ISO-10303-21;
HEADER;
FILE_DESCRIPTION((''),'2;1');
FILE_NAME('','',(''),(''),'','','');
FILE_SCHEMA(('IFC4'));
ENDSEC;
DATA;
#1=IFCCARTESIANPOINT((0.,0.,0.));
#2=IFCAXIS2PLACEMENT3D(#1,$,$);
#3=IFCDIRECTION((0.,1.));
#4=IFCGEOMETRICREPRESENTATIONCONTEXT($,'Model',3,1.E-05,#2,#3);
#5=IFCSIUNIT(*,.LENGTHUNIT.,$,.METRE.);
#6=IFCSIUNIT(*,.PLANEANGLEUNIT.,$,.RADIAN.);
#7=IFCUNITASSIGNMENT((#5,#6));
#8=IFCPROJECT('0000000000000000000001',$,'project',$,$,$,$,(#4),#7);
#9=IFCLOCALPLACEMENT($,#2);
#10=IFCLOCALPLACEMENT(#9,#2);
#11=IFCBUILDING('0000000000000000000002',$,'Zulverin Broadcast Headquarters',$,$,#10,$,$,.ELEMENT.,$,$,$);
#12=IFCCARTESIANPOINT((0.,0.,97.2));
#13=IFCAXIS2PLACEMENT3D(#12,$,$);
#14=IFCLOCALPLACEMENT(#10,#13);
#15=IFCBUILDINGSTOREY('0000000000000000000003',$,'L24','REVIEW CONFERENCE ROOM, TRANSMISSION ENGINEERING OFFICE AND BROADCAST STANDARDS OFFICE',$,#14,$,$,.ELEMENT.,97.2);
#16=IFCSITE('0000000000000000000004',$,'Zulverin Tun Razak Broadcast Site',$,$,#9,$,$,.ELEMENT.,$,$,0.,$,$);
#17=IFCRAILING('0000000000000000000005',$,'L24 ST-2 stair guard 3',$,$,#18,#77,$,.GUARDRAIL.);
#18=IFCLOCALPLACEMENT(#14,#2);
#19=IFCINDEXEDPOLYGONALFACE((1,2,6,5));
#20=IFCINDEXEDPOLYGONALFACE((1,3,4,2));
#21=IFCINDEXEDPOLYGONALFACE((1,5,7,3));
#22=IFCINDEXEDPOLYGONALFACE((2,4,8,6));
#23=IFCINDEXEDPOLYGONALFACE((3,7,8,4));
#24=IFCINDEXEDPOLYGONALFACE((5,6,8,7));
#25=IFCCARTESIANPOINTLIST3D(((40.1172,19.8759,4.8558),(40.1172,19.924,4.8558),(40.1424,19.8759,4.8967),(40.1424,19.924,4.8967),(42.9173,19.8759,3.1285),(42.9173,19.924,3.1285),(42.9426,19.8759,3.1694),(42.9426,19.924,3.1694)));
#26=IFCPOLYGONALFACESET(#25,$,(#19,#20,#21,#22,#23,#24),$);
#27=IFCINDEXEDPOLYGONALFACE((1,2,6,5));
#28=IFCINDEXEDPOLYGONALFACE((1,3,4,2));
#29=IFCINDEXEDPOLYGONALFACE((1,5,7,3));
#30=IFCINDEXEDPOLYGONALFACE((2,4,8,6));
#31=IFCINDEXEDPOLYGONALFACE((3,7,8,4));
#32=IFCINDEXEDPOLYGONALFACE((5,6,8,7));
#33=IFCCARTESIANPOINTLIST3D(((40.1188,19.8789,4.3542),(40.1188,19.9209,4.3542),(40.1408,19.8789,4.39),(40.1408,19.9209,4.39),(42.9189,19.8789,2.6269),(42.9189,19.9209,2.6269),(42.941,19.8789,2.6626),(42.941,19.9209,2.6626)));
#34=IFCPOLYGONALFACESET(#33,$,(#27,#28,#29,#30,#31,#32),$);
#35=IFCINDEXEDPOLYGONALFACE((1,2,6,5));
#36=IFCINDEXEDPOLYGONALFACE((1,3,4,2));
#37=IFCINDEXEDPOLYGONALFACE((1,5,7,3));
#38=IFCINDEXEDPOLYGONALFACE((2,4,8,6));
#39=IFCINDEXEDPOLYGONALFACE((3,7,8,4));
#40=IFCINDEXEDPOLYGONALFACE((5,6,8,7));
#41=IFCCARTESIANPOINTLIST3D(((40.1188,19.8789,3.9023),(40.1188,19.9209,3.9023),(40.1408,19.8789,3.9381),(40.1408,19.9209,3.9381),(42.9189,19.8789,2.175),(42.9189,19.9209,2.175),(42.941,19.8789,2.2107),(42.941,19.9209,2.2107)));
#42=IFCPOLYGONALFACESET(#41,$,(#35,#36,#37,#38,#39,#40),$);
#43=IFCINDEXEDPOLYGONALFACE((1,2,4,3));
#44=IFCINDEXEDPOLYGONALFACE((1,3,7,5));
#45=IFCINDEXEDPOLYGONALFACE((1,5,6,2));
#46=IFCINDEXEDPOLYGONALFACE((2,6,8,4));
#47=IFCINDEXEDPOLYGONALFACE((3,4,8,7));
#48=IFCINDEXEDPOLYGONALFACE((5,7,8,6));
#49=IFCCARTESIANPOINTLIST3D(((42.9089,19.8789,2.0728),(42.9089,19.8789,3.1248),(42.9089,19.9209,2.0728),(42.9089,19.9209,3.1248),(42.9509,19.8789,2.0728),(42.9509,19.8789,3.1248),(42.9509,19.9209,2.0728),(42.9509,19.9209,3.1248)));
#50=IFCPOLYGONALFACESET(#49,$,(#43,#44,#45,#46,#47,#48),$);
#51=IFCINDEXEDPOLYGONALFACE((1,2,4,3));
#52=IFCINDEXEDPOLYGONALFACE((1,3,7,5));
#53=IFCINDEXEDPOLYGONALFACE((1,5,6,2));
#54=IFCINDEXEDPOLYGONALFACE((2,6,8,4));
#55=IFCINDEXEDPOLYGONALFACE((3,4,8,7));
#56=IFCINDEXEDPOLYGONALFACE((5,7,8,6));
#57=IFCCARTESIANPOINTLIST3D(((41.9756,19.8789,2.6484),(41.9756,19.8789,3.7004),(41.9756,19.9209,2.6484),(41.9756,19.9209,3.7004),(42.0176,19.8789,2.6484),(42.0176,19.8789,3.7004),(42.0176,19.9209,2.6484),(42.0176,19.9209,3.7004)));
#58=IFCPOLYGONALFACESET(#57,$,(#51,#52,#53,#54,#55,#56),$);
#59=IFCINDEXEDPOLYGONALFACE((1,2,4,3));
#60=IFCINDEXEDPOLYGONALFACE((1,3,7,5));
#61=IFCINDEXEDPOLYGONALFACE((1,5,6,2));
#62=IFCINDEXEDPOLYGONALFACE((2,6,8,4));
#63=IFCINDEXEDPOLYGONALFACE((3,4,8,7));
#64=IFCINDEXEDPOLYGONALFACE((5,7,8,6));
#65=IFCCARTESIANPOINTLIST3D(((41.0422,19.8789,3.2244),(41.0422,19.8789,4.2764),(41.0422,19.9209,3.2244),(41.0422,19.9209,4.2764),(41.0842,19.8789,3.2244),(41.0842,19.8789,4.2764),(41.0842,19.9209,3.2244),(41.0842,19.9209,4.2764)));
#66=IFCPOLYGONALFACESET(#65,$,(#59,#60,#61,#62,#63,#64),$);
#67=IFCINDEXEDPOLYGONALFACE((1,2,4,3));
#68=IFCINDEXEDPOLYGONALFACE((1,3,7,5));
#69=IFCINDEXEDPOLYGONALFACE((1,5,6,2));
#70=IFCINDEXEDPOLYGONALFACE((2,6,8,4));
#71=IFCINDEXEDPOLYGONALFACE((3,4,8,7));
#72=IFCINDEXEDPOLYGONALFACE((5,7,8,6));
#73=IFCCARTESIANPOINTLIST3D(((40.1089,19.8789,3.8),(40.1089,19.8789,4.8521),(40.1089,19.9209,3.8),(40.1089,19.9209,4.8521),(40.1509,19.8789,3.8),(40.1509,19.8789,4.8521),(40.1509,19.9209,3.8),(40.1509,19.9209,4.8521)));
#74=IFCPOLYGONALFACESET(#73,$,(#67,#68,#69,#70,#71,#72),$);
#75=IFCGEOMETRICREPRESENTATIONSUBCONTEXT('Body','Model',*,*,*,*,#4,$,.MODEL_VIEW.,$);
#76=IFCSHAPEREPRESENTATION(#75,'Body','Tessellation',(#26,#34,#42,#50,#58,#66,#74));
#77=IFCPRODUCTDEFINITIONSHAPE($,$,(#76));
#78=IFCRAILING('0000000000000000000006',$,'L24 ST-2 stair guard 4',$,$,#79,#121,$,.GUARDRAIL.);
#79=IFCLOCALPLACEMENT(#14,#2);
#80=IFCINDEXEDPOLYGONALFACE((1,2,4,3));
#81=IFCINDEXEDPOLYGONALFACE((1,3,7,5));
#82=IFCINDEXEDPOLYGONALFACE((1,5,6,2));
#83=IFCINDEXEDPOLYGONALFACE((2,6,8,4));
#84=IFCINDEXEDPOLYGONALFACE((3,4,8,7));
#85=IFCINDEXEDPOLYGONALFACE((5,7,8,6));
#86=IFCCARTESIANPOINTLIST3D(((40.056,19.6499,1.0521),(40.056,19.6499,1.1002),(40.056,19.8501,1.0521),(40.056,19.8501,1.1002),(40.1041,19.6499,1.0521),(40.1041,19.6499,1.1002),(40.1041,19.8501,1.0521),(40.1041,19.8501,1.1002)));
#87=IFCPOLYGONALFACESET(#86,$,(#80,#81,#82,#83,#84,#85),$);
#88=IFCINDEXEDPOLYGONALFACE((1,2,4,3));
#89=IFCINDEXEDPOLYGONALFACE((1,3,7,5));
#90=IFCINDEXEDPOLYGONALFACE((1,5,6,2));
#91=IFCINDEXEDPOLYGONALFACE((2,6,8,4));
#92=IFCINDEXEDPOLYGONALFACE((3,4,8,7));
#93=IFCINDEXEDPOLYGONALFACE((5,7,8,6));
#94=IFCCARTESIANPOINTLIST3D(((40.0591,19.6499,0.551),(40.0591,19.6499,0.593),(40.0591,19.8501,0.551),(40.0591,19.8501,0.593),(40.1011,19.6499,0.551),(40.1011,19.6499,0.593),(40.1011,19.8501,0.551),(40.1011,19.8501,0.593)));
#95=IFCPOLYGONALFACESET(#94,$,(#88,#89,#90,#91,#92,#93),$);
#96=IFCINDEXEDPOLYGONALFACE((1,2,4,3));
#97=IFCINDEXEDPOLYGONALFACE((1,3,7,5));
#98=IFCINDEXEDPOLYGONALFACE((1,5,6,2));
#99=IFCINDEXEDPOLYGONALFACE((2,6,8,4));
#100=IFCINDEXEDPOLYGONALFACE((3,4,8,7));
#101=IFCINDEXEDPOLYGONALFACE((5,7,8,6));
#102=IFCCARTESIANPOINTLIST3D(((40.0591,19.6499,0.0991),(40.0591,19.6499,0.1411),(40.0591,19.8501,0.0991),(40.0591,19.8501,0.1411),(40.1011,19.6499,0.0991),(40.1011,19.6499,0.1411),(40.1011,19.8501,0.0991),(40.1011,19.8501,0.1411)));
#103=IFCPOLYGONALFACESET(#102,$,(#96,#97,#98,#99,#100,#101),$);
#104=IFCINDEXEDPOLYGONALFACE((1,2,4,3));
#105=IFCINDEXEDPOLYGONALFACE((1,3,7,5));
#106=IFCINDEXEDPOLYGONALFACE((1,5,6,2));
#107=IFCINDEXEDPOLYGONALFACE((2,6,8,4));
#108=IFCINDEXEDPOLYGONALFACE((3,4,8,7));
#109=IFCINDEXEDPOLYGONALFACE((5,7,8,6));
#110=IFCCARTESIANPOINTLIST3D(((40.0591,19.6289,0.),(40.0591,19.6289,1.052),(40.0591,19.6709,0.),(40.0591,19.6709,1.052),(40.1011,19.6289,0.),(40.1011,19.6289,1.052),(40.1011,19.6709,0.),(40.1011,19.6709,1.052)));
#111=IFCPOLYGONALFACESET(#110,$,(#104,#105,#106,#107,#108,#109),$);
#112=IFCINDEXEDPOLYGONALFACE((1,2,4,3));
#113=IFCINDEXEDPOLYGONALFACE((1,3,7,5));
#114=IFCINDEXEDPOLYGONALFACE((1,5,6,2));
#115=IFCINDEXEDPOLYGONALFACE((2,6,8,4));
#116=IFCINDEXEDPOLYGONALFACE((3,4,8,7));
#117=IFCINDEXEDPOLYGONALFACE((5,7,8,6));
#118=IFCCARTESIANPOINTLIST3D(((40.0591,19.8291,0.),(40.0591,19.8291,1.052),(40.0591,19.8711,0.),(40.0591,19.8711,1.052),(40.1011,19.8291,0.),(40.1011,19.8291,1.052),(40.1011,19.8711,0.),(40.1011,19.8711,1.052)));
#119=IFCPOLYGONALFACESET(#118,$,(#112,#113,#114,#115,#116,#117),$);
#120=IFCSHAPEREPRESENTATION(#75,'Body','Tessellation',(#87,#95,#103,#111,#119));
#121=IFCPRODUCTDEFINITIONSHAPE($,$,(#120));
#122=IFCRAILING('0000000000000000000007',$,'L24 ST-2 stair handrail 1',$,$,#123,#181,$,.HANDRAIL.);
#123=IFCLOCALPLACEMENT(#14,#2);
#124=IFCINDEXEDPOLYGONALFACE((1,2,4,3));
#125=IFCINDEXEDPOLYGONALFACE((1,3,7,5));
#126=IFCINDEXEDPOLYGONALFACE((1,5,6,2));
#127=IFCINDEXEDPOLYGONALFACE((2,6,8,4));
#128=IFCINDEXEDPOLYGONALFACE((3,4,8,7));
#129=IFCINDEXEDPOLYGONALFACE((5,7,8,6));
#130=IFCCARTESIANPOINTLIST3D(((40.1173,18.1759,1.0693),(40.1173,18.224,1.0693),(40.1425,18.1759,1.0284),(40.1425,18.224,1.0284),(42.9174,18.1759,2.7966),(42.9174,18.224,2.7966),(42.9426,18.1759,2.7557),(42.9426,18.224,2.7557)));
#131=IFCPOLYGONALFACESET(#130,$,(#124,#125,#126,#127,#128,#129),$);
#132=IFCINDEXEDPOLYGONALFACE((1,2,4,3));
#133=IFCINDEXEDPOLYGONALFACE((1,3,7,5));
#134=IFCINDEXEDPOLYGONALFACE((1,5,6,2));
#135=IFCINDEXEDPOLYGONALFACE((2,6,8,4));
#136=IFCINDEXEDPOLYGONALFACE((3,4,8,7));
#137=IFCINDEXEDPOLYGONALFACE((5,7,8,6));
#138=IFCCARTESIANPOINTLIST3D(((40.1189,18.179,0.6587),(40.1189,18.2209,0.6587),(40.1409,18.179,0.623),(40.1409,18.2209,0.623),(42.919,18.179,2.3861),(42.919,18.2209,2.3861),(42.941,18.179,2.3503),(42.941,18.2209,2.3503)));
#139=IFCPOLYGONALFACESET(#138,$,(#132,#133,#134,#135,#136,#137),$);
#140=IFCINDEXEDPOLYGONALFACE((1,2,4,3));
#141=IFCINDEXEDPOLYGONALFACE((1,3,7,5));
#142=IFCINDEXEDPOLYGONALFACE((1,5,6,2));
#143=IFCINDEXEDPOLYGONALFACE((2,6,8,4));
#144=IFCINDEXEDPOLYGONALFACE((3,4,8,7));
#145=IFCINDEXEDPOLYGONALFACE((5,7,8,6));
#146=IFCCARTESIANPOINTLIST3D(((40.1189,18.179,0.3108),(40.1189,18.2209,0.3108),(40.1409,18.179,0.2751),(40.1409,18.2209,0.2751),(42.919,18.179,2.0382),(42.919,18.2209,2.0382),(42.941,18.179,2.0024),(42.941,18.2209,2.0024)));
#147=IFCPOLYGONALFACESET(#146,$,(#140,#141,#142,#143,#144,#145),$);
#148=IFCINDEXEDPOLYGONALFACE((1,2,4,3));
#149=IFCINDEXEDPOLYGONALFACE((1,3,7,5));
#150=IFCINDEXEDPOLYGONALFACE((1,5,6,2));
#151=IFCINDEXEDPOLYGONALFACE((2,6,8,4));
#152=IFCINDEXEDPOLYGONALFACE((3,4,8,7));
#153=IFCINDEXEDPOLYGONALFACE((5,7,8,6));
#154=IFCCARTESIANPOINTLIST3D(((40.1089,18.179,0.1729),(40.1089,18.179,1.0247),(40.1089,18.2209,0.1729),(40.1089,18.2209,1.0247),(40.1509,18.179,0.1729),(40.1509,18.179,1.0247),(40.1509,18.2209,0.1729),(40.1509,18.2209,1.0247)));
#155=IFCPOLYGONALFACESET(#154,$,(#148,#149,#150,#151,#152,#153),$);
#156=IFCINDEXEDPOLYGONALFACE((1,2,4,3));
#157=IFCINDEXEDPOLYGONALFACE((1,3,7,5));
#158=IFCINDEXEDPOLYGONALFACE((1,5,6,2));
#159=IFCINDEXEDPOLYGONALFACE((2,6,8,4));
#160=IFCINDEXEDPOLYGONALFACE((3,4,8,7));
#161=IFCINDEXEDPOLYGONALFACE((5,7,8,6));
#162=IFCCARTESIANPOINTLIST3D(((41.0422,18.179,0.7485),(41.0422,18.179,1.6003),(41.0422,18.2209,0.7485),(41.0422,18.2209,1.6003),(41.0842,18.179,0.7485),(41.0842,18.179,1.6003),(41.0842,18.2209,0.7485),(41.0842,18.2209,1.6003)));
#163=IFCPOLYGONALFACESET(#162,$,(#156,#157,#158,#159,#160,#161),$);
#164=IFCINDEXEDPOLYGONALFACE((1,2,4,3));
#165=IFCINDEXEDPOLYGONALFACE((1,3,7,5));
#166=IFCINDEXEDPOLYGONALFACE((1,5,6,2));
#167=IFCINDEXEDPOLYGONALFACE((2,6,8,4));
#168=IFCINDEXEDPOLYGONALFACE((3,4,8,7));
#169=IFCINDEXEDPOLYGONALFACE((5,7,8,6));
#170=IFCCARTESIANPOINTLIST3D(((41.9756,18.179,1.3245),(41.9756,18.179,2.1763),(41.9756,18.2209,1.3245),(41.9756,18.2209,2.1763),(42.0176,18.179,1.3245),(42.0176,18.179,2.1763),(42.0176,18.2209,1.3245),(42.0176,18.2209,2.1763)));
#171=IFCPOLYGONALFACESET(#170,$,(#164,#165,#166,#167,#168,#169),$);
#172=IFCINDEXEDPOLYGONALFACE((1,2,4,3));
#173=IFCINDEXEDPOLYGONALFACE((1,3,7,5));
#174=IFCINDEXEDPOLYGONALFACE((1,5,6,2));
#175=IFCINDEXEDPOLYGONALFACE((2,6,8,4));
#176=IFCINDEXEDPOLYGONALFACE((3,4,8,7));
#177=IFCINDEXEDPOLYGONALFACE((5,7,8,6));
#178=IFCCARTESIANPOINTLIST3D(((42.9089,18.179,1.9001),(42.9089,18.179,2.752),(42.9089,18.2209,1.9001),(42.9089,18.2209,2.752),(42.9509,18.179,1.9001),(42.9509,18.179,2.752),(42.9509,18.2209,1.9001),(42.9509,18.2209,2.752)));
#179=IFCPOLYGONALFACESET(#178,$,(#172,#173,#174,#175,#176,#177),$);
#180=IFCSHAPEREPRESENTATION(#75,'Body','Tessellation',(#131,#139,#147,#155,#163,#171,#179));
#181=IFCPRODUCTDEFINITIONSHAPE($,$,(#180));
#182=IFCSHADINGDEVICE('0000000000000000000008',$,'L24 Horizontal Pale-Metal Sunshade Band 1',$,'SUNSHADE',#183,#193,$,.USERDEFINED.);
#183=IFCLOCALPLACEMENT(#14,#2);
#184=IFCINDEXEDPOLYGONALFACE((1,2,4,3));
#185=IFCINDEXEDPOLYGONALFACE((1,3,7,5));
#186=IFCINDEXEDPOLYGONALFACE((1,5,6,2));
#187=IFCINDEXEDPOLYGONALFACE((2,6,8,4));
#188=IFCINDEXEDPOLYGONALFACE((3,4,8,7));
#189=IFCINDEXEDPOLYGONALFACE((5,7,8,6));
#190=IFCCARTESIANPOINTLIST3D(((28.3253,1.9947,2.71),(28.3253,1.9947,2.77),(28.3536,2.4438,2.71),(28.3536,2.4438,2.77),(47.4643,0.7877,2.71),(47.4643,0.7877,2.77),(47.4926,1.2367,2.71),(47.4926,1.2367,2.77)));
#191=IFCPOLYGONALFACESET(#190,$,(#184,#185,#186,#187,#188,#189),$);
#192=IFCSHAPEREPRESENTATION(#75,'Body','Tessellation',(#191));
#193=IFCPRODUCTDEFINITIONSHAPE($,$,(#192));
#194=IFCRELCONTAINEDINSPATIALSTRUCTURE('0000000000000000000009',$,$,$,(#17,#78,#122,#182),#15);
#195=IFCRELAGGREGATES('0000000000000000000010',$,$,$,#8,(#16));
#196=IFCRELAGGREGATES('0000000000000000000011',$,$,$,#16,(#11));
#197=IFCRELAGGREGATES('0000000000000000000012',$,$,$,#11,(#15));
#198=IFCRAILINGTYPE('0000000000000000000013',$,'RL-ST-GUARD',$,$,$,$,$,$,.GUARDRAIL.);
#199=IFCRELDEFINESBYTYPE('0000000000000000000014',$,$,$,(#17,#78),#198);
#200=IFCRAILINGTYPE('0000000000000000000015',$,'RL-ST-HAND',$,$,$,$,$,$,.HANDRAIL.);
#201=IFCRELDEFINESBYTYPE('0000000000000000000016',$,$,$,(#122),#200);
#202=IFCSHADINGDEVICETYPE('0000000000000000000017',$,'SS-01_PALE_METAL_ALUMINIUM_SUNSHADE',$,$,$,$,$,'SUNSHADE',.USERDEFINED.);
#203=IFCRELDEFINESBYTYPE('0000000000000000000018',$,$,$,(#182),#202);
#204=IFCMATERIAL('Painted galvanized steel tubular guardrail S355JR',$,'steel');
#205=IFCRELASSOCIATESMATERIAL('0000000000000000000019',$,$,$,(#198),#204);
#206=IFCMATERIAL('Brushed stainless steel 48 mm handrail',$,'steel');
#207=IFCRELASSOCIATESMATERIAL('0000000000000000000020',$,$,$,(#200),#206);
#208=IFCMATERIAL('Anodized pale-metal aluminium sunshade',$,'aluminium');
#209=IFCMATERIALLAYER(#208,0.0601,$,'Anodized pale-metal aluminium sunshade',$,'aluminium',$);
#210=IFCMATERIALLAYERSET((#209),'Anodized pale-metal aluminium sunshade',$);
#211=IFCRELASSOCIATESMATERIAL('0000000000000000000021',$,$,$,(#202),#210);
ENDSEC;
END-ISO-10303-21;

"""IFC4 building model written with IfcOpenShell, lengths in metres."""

from ifc_helpers import new_model, si_unit, direction, frame, origin, origin_2d, place, context, subcontext, project, spatial, rectangle, extrude, material, layer, layer_set, type_object, element, save


model = new_model("IFC4")

# Units and contexts
model_context = context("Model", 3, precision=1e-05, world=origin(), true_north=direction((0.0, 1.0)))
body_context = subcontext(model_context, "Body", "Model", "MODEL_VIEW")
ifc_project = project(units=[si_unit("LENGTHUNIT", "METRE"), si_unit("PLANEANGLEUNIT", "RADIAN")], contexts=[model_context])

# Site, building, storey
site_placement = place(None, origin())
site = spatial("IfcSite", under=ifc_project, at=site_placement, Name="Zulverin Tun Razak Broadcast Site", CompositionType="ELEMENT", RefElevation=0.0)
building_placement = place(site_placement, origin())
building = spatial("IfcBuilding", under=site, at=building_placement, Name="Zulverin Broadcast Headquarters", CompositionType="ELEMENT")
storey_placement = place(building_placement, frame((0.0, 0.0, 97.2)))
storey = spatial("IfcBuildingStorey", under=building, at=storey_placement, Name="L24", Description="REVIEW CONFERENCE ROOM, TRANSMISSION ENGINEERING OFFICE AND BROADCAST STANDARDS OFFICE", CompositionType="ELEMENT", Elevation=97.2)

# Railings
ifc_material_1 = material(Name="Painted galvanized steel tubular guardrail S355JR", Category="steel")
railing_type_1 = type_object("IfcRailingType", Name="RL-ST-GUARD", PredefinedType="GUARDRAIL", material=ifc_material_1)
railing_1_placement = place(storey_placement, frame((42.9299, 19.8999, 2.0728)))
element("IfcRailing", 1, at=railing_1_placement, inside=storey, type_object=railing_type_1, Name="L24 ST-2 stair guard 3", PredefinedType="GUARDRAIL", context=body_context, shape_type="SweptSolid", body=[
    extrude(rectangle(XDim=0.0481, YDim=0.0481, at=origin_2d()), frame((0.0, 0.0, 1.0762), z_axis=(-0.85109, 0.0, 0.52502), x_axis=(0.0, -1.0, 0.0)), (0.0, 0.0, 1.0), 3.29),
    extrude(rectangle(XDim=0.042, YDim=0.042, at=origin_2d()), frame((0.0, 0.0, 0.572), z_axis=(-0.85109, 0.0, 0.52502), x_axis=(0.0, -1.0, 0.0)), (0.0, 0.0, 1.0), 3.29),
    extrude(rectangle(XDim=0.042, YDim=0.042, at=origin_2d()), frame((0.0, 0.0, 0.1201), z_axis=(-0.85109, 0.0, 0.52502), x_axis=(0.0, -1.0, 0.0)), (0.0, 0.0, 1.0), 3.29),
    extrude(rectangle(XDim=0.042, YDim=0.042, at=origin_2d()), origin(), (0.0, 0.0, 1.0), 1.052),
    extrude(rectangle(XDim=0.042, YDim=0.042, at=origin_2d()), frame((-0.9333, 0.0, 0.5757)), (0.0, 0.0, 1.0), 1.052),
    extrude(rectangle(XDim=0.042, YDim=0.042, at=origin_2d()), frame((-1.8667, 0.0, 1.1516)), (0.0, 0.0, 1.0), 1.052),
    extrude(rectangle(XDim=0.042, YDim=0.042, at=origin_2d()), frame((-2.8, 0.0, 1.7273)), (0.0, 0.0, 1.0), 1.052),
])
railing_2_placement = place(storey_placement, frame((40.0801, 19.6499, 0.0)))
element("IfcRailing", 2, at=railing_2_placement, inside=storey, type_object=railing_type_1, Name="L24 ST-2 stair guard 4", PredefinedType="GUARDRAIL", context=body_context, shape_type="SweptSolid", body=[
    extrude(rectangle(XDim=0.0481, YDim=0.0481, at=origin_2d()), frame((0.0, 0.0, 1.0762), z_axis=(0.0, 1.0, 0.0), x_axis=(-1.0, 0.0, 0.0)), (0.0, 0.0, 1.0), 0.2002),
    extrude(rectangle(XDim=0.042, YDim=0.042, at=origin_2d()), frame((0.0, 0.0, 0.572), z_axis=(0.0, 1.0, 0.0), x_axis=(-1.0, 0.0, 0.0)), (0.0, 0.0, 1.0), 0.2002),
    extrude(rectangle(XDim=0.042, YDim=0.042, at=origin_2d()), frame((0.0, 0.0, 0.1201), z_axis=(0.0, 1.0, 0.0), x_axis=(-1.0, 0.0, 0.0)), (0.0, 0.0, 1.0), 0.2002),
    extrude(rectangle(XDim=0.042, YDim=0.042, at=origin_2d()), origin(), (0.0, 0.0, 1.0), 1.052),
    extrude(rectangle(XDim=0.042, YDim=0.042, at=origin_2d()), frame((0.0, 0.2002, 0.0)), (0.0, 0.0, 1.0), 1.052),
])
ifc_material_2 = material(Name="Brushed stainless steel 48 mm handrail", Category="steel")
railing_type_2 = type_object("IfcRailingType", Name="RL-ST-HAND", PredefinedType="HANDRAIL", material=ifc_material_2)
railing_3_placement = place(storey_placement, frame((40.1299, 18.2, 0.1729)))
element("IfcRailing", 3, at=railing_3_placement, inside=storey, type_object=railing_type_2, Name="L24 ST-2 stair handrail 1", PredefinedType="HANDRAIL", context=body_context, shape_type="SweptSolid", body=[
    extrude(rectangle(XDim=0.0481, YDim=0.0481, at=origin_2d()), frame((0.0, 0.0, 0.876), z_axis=(0.85109, 0.0, 0.52502), x_axis=(0.0, 1.0, 0.0)), (0.0, 0.0, 1.0), 3.29),
    extrude(rectangle(XDim=0.042, YDim=0.042, at=origin_2d()), frame((0.0, 0.0, 0.468), z_axis=(0.85109, 0.0, 0.52502), x_axis=(0.0, 1.0, 0.0)), (0.0, 0.0, 1.0), 3.29),
    extrude(rectangle(XDim=0.042, YDim=0.042, at=origin_2d()), frame((0.0, 0.0, 0.1201), z_axis=(0.85109, 0.0, 0.52502), x_axis=(0.0, 1.0, 0.0)), (0.0, 0.0, 1.0), 3.29),
    extrude(rectangle(XDim=0.042, YDim=0.042, at=origin_2d()), origin(), (0.0, 0.0, 1.0), 0.8518),
    extrude(rectangle(XDim=0.042, YDim=0.042, at=origin_2d()), frame((0.9333, 0.0, 0.5757)), (0.0, 0.0, 1.0), 0.8518),
    extrude(rectangle(XDim=0.042, YDim=0.042, at=origin_2d()), frame((1.8667, 0.0, 1.1516)), (0.0, 0.0, 1.0), 0.8518),
    extrude(rectangle(XDim=0.042, YDim=0.042, at=origin_2d()), frame((2.8, 0.0, 1.7273)), (0.0, 0.0, 1.0), 0.8518),
])

# Shading device
ifc_material_3 = material(Name="Anodized pale-metal aluminium sunshade", Category="aluminium")
ifc_layer_1 = layer(ifc_material_3, 0.0601, Name="Anodized pale-metal aluminium sunshade", Category="aluminium")
ifc_layer_set_1 = layer_set([ifc_layer_1], Name="Anodized pale-metal aluminium sunshade")
shading_device_type = type_object("IfcShadingDeviceType", Name="SS-01_PALE_METAL_ALUMINIUM_SUNSHADE", ElementType="SUNSHADE", PredefinedType="USERDEFINED", material=ifc_layer_set_1)
shading_device_placement = place(storey_placement, frame((37.9089, 1.6157, 2.71), z_axis=(0.0, 0.0, 1.0), x_axis=(0.998017, -0.062942, 0.0)))
element("IfcShadingDevice", 4, at=shading_device_placement, inside=storey, type_object=shading_device_type, Name="L24 Horizontal Pale-Metal Sunshade Band 1", ObjectType="SUNSHADE", PredefinedType="USERDEFINED", context=body_context, shape_type="SweptSolid", body=[
    extrude(rectangle(XDim=19.177, YDim=0.45, at=origin_2d()), origin(), (0.0, 0.0, 1.0), 0.0601),
])

save(model, "model.ifc")
